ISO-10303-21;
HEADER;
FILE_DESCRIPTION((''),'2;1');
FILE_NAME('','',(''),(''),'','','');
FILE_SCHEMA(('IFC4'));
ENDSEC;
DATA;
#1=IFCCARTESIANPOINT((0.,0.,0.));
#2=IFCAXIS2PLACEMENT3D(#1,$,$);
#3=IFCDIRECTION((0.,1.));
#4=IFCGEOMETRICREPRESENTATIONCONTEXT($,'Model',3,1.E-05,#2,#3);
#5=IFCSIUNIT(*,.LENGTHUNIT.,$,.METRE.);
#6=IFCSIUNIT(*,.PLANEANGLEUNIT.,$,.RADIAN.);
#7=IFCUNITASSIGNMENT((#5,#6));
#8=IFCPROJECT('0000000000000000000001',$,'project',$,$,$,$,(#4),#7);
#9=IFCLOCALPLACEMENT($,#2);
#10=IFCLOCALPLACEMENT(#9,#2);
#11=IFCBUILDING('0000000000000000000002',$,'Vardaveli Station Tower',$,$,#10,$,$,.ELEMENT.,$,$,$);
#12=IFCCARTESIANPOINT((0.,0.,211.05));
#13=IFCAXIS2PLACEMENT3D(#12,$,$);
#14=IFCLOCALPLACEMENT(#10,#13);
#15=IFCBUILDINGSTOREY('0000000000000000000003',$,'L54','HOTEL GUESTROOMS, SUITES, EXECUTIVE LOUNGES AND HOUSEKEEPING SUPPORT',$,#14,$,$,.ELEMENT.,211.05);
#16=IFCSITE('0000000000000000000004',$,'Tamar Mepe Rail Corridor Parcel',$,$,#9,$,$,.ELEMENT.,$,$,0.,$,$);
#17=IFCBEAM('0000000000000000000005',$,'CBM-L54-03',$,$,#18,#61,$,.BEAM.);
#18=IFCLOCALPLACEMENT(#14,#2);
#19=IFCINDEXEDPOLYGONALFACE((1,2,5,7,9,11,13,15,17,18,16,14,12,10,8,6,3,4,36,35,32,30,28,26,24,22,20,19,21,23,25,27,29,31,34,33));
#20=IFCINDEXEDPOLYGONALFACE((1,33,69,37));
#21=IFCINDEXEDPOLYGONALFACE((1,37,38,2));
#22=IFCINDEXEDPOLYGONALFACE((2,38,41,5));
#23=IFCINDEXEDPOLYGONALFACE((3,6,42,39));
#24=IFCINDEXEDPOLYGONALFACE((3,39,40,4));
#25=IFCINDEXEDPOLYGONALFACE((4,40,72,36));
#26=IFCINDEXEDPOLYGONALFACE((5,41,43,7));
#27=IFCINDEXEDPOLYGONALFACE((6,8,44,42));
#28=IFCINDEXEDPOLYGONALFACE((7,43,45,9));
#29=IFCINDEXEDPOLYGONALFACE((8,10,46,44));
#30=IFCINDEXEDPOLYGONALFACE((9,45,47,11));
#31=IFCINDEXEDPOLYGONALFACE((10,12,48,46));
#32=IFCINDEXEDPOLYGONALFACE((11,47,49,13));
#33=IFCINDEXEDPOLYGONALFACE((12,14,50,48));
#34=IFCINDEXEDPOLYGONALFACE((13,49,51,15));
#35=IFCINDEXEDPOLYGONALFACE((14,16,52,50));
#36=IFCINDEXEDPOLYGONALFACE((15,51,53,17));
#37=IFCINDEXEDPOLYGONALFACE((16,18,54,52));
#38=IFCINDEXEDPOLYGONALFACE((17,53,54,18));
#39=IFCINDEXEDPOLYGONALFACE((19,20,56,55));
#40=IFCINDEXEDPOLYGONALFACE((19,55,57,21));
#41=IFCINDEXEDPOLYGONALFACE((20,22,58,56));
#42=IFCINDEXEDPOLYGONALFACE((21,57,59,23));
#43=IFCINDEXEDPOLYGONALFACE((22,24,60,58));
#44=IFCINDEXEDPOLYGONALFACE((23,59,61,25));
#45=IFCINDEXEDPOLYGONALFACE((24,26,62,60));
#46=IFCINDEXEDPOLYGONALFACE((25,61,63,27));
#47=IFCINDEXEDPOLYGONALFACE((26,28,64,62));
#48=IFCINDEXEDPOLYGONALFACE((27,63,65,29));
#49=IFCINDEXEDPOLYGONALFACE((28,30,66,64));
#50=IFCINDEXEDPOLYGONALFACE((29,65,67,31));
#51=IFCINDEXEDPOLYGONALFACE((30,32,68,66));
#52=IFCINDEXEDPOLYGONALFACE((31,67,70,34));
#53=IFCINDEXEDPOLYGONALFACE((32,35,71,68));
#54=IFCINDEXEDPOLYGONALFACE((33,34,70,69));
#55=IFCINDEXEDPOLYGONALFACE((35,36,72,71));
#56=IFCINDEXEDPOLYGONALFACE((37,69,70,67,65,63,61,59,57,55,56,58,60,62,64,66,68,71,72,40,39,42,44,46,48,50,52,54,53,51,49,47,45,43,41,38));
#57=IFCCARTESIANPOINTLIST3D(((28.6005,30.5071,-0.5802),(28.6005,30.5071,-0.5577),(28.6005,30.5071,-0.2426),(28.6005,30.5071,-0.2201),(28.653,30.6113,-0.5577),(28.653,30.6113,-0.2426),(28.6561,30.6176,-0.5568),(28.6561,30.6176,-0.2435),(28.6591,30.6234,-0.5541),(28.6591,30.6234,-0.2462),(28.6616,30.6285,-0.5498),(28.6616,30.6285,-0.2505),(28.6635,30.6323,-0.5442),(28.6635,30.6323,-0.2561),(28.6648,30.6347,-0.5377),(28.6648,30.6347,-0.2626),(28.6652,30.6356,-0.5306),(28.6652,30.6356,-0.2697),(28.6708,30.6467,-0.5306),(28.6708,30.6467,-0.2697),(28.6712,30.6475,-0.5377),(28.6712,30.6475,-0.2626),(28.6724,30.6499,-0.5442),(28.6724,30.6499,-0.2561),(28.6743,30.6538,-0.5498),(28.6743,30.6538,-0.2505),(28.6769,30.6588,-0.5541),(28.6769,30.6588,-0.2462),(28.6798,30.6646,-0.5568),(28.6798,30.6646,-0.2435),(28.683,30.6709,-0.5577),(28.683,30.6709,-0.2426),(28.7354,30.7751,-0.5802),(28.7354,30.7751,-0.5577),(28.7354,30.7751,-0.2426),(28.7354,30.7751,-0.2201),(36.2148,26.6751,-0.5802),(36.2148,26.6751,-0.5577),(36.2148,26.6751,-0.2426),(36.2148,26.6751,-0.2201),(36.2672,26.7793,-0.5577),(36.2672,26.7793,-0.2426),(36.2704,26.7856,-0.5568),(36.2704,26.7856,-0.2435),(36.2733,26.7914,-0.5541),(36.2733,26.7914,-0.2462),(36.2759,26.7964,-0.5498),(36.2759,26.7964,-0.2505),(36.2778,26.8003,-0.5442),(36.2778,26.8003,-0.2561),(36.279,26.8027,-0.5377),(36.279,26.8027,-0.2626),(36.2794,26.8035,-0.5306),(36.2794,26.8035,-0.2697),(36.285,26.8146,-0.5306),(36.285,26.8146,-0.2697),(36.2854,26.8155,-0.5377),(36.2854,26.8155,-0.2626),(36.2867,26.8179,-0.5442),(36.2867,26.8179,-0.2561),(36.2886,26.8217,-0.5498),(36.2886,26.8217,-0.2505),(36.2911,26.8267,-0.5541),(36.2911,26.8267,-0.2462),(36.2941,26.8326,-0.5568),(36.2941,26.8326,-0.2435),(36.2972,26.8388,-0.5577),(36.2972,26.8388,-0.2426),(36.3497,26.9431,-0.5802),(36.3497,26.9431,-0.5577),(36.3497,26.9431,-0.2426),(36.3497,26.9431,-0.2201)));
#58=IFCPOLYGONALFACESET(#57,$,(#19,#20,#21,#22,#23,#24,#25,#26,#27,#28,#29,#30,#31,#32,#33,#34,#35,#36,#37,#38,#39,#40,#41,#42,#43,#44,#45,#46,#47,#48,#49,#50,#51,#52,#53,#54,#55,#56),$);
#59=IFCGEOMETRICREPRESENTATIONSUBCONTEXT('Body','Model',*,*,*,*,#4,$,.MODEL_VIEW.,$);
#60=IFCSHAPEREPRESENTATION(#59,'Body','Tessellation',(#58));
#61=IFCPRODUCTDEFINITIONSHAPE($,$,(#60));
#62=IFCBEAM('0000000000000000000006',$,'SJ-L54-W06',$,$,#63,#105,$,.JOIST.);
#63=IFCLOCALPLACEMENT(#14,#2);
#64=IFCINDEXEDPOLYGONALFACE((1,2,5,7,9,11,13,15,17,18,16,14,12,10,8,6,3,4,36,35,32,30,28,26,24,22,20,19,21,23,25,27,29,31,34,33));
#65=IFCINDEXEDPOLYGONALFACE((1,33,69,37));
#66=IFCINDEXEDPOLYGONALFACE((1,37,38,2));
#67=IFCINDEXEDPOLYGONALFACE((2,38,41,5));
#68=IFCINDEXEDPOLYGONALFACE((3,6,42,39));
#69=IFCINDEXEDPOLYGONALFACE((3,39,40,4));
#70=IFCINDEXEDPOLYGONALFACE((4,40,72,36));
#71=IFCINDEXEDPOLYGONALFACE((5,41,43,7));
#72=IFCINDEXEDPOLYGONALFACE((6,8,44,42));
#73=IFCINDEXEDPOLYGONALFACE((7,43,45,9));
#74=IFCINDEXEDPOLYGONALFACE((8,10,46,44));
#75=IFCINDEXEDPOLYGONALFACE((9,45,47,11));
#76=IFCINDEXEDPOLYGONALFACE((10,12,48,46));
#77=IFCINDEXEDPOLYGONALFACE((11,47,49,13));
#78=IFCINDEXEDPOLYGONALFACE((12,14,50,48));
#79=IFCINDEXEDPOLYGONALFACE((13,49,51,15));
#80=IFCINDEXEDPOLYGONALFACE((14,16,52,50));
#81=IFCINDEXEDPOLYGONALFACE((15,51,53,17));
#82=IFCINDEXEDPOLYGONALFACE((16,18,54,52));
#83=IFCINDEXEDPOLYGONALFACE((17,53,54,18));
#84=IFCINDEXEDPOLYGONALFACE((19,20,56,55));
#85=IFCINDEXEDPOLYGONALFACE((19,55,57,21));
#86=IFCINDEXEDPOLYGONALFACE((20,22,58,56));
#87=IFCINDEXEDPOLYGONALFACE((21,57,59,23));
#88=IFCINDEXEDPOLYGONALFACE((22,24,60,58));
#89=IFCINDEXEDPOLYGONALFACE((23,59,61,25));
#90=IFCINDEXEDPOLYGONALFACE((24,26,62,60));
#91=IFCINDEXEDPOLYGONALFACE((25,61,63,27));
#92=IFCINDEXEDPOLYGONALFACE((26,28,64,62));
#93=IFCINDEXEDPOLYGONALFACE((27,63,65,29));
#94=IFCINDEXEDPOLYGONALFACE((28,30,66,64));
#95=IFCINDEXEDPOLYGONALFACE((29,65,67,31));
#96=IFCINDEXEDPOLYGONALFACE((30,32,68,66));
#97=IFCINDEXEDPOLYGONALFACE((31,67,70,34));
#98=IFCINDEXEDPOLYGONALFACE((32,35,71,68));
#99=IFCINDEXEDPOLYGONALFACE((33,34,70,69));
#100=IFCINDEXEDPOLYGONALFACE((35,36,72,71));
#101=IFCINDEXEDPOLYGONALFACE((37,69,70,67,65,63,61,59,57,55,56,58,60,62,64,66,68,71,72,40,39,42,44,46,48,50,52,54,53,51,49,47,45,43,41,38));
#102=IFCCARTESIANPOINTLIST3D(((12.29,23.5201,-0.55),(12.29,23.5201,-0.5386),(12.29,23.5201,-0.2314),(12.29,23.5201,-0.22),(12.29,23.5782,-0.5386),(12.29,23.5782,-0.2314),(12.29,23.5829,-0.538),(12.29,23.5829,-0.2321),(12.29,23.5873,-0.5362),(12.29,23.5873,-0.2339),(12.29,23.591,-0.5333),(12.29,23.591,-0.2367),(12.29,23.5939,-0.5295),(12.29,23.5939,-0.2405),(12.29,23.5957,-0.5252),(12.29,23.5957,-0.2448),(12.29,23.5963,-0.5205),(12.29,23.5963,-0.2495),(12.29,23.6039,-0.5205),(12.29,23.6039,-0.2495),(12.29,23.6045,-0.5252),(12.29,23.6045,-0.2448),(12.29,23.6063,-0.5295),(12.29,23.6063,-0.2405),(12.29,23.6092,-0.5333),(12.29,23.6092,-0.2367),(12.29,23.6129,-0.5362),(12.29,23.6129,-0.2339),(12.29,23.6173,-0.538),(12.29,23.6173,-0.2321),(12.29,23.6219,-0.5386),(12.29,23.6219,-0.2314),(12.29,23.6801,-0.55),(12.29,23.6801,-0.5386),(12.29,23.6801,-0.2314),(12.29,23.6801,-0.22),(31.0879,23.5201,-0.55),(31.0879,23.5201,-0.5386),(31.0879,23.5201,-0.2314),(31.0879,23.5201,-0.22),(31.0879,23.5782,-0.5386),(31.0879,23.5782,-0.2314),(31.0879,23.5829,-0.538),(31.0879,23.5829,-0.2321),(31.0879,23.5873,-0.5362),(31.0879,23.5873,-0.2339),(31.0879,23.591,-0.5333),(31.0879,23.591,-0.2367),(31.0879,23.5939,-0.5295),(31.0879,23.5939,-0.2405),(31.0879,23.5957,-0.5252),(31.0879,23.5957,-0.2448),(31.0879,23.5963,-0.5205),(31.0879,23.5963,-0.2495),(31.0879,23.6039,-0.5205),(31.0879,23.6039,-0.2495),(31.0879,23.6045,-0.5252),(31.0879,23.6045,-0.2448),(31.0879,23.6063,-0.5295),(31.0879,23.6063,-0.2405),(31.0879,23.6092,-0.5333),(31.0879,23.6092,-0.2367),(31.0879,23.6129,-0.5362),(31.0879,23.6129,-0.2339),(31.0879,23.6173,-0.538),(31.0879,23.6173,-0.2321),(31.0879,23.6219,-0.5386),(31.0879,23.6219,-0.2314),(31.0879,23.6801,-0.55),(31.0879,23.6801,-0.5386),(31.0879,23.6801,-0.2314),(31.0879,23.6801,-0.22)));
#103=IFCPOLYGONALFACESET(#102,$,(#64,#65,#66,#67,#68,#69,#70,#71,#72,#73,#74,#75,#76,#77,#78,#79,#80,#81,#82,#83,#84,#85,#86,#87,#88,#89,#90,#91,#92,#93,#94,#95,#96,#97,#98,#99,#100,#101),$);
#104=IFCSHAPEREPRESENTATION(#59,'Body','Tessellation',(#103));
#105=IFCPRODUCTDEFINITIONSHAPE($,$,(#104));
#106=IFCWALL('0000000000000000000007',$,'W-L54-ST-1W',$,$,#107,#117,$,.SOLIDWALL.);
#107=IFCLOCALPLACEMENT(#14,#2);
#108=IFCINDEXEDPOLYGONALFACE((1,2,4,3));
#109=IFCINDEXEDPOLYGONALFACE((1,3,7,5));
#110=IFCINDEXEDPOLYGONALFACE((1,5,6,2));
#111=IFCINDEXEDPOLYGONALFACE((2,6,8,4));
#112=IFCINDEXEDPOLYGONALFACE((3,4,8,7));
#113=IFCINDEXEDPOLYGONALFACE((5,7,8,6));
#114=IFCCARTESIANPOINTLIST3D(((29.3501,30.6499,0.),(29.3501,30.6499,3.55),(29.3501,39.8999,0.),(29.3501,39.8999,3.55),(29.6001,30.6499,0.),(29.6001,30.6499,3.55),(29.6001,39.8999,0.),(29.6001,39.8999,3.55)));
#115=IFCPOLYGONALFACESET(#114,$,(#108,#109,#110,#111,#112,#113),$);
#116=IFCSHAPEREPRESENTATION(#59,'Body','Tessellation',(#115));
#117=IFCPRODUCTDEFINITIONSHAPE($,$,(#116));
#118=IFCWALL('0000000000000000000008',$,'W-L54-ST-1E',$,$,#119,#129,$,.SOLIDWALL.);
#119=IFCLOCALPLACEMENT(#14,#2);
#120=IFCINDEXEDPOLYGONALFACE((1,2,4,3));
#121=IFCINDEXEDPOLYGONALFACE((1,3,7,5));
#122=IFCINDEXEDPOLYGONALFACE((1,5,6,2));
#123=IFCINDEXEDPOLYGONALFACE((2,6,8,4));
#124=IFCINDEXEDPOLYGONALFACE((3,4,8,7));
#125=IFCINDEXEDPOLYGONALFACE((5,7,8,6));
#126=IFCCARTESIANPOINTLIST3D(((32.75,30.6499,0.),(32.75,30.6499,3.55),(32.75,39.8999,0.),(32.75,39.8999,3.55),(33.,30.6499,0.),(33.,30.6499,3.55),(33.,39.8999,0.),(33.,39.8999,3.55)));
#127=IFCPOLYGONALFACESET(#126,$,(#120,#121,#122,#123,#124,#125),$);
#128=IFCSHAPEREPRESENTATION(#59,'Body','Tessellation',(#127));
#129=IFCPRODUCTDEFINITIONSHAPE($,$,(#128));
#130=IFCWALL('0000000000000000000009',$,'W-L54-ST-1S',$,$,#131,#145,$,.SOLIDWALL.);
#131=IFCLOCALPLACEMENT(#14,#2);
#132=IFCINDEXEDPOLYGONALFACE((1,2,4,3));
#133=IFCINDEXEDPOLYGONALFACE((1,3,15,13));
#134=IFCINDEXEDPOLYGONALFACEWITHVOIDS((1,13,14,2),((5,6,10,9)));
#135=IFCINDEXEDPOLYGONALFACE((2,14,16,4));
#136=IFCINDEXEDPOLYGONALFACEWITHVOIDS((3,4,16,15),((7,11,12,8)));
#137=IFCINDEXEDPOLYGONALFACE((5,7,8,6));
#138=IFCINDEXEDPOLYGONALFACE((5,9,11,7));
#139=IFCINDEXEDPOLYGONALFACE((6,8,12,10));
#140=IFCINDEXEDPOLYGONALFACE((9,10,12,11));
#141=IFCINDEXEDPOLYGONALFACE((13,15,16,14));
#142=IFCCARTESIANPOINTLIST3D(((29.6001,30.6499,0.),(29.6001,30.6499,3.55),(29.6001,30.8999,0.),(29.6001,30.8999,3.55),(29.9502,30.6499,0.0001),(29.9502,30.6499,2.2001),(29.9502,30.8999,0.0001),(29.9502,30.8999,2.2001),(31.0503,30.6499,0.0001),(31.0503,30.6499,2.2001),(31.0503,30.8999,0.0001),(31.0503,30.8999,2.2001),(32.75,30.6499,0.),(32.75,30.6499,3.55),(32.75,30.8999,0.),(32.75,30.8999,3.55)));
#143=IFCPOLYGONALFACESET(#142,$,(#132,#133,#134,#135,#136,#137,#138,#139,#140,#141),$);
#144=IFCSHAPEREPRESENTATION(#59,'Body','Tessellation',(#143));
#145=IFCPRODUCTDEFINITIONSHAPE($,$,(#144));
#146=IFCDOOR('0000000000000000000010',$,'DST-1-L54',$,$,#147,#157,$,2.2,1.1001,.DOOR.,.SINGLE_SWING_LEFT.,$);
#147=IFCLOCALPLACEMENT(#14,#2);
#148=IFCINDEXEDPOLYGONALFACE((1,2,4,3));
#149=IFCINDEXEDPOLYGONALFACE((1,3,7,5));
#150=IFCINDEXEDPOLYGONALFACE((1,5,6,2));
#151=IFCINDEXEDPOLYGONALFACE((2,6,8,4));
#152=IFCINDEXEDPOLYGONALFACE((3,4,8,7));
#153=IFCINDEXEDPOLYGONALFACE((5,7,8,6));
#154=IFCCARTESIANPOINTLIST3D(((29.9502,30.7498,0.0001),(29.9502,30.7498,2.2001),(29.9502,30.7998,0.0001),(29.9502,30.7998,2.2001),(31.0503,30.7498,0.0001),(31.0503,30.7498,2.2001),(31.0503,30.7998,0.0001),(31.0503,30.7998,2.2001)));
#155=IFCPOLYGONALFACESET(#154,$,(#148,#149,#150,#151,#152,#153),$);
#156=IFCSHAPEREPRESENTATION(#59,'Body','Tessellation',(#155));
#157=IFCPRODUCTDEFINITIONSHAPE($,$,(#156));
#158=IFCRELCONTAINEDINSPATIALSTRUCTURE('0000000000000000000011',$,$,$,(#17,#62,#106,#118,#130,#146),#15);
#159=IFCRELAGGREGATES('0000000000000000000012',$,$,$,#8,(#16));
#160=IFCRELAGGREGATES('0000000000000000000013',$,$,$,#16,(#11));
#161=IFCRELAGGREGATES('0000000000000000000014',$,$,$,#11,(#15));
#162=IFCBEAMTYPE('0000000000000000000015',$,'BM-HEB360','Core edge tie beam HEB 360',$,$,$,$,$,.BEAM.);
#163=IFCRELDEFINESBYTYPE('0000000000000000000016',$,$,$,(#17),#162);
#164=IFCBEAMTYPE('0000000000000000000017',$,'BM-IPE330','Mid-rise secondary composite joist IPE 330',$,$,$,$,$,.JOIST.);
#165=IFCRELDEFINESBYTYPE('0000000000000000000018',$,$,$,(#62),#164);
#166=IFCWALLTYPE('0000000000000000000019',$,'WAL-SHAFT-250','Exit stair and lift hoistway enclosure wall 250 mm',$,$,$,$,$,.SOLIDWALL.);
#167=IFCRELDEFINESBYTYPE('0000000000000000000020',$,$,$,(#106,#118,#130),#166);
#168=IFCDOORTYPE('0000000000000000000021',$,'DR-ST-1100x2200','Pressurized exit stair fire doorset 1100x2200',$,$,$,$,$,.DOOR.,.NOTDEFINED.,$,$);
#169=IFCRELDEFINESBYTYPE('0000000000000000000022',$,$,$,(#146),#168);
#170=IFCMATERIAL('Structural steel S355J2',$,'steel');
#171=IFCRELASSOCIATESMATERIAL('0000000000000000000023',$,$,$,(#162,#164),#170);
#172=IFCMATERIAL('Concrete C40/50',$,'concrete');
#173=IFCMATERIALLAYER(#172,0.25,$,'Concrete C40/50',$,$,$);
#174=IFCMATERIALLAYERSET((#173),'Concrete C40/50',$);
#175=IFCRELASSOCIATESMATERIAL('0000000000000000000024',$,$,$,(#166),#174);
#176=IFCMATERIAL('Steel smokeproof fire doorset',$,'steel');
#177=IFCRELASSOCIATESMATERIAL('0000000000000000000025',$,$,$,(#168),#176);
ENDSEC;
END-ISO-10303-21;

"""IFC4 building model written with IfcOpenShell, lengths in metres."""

from ifc_helpers import new_model, si_unit, direction, frame, frame_2d, origin, origin_2d, place, context, subcontext, project, spatial, rectangle, i_section, extrude, source, transform, mapped, material, layer, layer_set, material_profile, profile_set, type_object, element, fill, save


model = new_model("IFC4")

# Units and contexts
model_context = context("Model", 3, precision=1e-05, world=origin(), true_north=direction((0.0, 1.0)))
body_context = subcontext(model_context, "Body", "Model", "MODEL_VIEW")
ifc_project = project(units=[si_unit("LENGTHUNIT", "METRE"), si_unit("PLANEANGLEUNIT", "RADIAN")], contexts=[model_context])

# Site, building, storey
site_placement = place(None, origin())
site = spatial("IfcSite", under=ifc_project, at=site_placement, Name="Tamar Mepe Rail Corridor Parcel", CompositionType="ELEMENT", RefElevation=0.0)
building_placement = place(site_placement, origin())
building = spatial("IfcBuilding", under=site, at=building_placement, Name="Vardaveli Station Tower", CompositionType="ELEMENT")
storey_placement = place(building_placement, frame((0.0, 0.0, 211.05)))
storey = spatial("IfcBuildingStorey", under=building, at=storey_placement, Name="L54", Description="HOTEL GUESTROOMS, SUITES, EXECUTIVE LOUNGES AND HOUSEKEEPING SUPPORT", CompositionType="ELEMENT", Elevation=211.05)

# Beams
ifc_material_1 = material(Name="Structural steel S355J2", Category="steel")
ifc_material_profile_1 = material_profile(ifc_material_1, i_section(OverallWidth=0.3, OverallDepth=0.3601, WebThickness=0.0125, FlangeThickness=0.0225, FilletRadius=0.0271, at=origin_2d()), Name="HEB 360")
ifc_profile_set_1 = profile_set([ifc_material_profile_1], Name="Structural steel S355J2")
beam_type_1 = type_object("IfcBeamType", Name="BM-HEB360", Description="Core edge tie beam HEB 360", PredefinedType="BEAM", material=ifc_profile_set_1)
shared_shape_1 = source(origin(), body_context, "Body", "SweptSolid", [
    extrude(i_section(OverallWidth=0.3, OverallDepth=0.3601, WebThickness=0.0125, FlangeThickness=0.0225, FilletRadius=0.0271, at=origin_2d()), origin(), (0.0, 0.0, 1.0), 8.5242),
])
beam_1_placement = place(storey_placement, frame((28.668, 30.6411, -0.4001), z_axis=(0.893256, -0.449549, 0.0), x_axis=(0.449549, 0.893256, 0.0)))
element("IfcBeam", 1, at=beam_1_placement, inside=storey, type_object=beam_type_1, Name="CBM-L54-03", PredefinedType="BEAM", context=body_context, shape_type="MappedRepresentation", body=[
    mapped(shared_shape_1, transform((0.0, 0.0, 0.0), scale=1.0)),
])
ifc_material_profile_2 = material_profile(ifc_material_1, i_section(OverallWidth=0.1599, OverallDepth=0.3301, WebThickness=0.0076, FlangeThickness=0.0115, FilletRadius=0.0181, at=origin_2d()), Name="IPE 330")
ifc_profile_set_2 = profile_set([ifc_material_profile_2], Name="Structural steel S355J2")
beam_type_2 = type_object("IfcBeamType", Name="BM-IPE330", Description="Mid-rise secondary composite joist IPE 330", PredefinedType="JOIST", material=ifc_profile_set_2)
shared_shape_2 = source(origin(), body_context, "Body", "SweptSolid", [
    extrude(i_section(OverallWidth=0.1599, OverallDepth=0.3301, WebThickness=0.0076, FlangeThickness=0.0115, FilletRadius=0.0181, at=origin_2d()), origin(), (0.0, 0.0, 1.0), 18.7979),
])
beam_2_placement = place(storey_placement, frame((12.29, 23.6001, -0.385), z_axis=(1.0, 0.0, 0.0), x_axis=(0.0, 1.0, 0.0)))
element("IfcBeam", 2, at=beam_2_placement, inside=storey, type_object=beam_type_2, Name="SJ-L54-W06", PredefinedType="JOIST", context=body_context, shape_type="MappedRepresentation", body=[
    mapped(shared_shape_2, transform((0.0, 0.0, 0.0), scale=1.0)),
])

# Walls
ifc_material_2 = material(Name="Concrete C40/50", Category="concrete")
ifc_layer_1 = layer(ifc_material_2, 0.25, Name="Concrete C40/50")
ifc_layer_set_1 = layer_set([ifc_layer_1], Name="Concrete C40/50")
wall_type_1 = type_object("IfcWallType", Name="WAL-SHAFT-250", Description="Exit stair and lift hoistway enclosure wall 250 mm", PredefinedType="SOLIDWALL", material=ifc_layer_set_1)
shared_shape_3 = source(origin(), body_context, "Body", "SweptSolid", [
    extrude(rectangle(XDim=9.25, YDim=0.25, at=frame_2d((4.625, 0.0))), origin(), (0.0, 0.0, 1.0), 3.55),
])
for number, where, z_axis, x_axis, name in (
    (3, (29.4751, 30.6499, 0.0), (0.0, 0.0, 1.0), (0.0, 1.0, 0.0), "W-L54-ST-1W"),
    (4, (32.875, 30.6499, 0.0), (0.0, 0.0, 1.0), (0.0, 1.0, 0.0), "W-L54-ST-1E"),
):
    element("IfcWall", number, at=place(storey_placement, frame(where, z_axis=z_axis, x_axis=x_axis)), inside=storey, type_object=wall_type_1, Name=name, PredefinedType="SOLIDWALL", context=body_context, shape_type="MappedRepresentation", body=[
        mapped(shared_shape_3, transform((0.0, 0.0, 0.0), scale=1.0)),
    ])

# Wall, opening, door
shared_shape_4 = source(origin(), body_context, "Body", "SweptSolid", [
    extrude(rectangle(XDim=3.1499, YDim=0.25, at=frame_2d((1.575, 0.0))), origin(), (0.0, 0.0, 1.0), 3.55),
])
wall_1_placement = place(storey_placement, frame((29.6001, 30.7749, 0.0), z_axis=(0.0, 0.0, 1.0), x_axis=(1.0, 0.0, 0.0)))
wall_1 = element("IfcWall", 5, at=wall_1_placement, inside=storey, type_object=wall_type_1, Name="W-L54-ST-1S", PredefinedType="SOLIDWALL", context=body_context, shape_type="MappedRepresentation", body=[
    mapped(shared_shape_4, transform((0.0, 0.0, 0.0), scale=1.0)),
])
shared_shape_5 = source(origin(), body_context, "Body", "SweptSolid", [
    extrude(rectangle(XDim=1.1001, YDim=2.2, at=frame_2d((0.55, 1.1001))), frame((0.0, 0.135, 0.0), z_axis=(0.0, -1.0, 0.0), x_axis=(1.0, 0.0, 0.0)), (0.0, 0.0, 1.0), 0.27),
])
opening_1_placement = place(wall_1_placement, frame((0.3501, 0.0, 0.0)))
opening_1 = element("IfcOpeningElement", 6, at=opening_1_placement, cuts=wall_1, PredefinedType="OPENING", context=body_context, shape_type="MappedRepresentation", body=[
    mapped(shared_shape_5, transform((0.0, 0.0, 0.0), scale=1.0)),
])
ifc_material_3 = material(Name="Steel smokeproof fire doorset", Category="steel")
door_type_1 = type_object("IfcDoorType", Name="DR-ST-1100x2200", Description="Pressurized exit stair fire doorset 1100x2200", OperationType="NOTDEFINED", PredefinedType="DOOR", material=ifc_material_3)
shared_shape_6 = source(origin(), body_context, "Body", "SweptSolid", [
    extrude(rectangle(XDim=1.1001, YDim=2.2, at=frame_2d((0.55, 1.1001))), frame((0.0, 0.0249, 0.0), z_axis=(0.0, -1.0, 0.0), x_axis=(1.0, 0.0, 0.0)), (0.0, 0.0, 1.0), 0.05),
])
door_1_placement = place(opening_1_placement, origin())
door_1 = element("IfcDoor", 7, at=door_1_placement, inside=storey, type_object=door_type_1, Name="DST-1-L54", OperationType="SINGLE_SWING_LEFT", OverallHeight=2.2, OverallWidth=1.1001, PredefinedType="DOOR", context=body_context, shape_type="MappedRepresentation", body=[
    mapped(shared_shape_6, transform((0.0, 0.0, 0.0), scale=1.0)),
])
fill(opening_1, door_1)

save(model, "model.ifc")
